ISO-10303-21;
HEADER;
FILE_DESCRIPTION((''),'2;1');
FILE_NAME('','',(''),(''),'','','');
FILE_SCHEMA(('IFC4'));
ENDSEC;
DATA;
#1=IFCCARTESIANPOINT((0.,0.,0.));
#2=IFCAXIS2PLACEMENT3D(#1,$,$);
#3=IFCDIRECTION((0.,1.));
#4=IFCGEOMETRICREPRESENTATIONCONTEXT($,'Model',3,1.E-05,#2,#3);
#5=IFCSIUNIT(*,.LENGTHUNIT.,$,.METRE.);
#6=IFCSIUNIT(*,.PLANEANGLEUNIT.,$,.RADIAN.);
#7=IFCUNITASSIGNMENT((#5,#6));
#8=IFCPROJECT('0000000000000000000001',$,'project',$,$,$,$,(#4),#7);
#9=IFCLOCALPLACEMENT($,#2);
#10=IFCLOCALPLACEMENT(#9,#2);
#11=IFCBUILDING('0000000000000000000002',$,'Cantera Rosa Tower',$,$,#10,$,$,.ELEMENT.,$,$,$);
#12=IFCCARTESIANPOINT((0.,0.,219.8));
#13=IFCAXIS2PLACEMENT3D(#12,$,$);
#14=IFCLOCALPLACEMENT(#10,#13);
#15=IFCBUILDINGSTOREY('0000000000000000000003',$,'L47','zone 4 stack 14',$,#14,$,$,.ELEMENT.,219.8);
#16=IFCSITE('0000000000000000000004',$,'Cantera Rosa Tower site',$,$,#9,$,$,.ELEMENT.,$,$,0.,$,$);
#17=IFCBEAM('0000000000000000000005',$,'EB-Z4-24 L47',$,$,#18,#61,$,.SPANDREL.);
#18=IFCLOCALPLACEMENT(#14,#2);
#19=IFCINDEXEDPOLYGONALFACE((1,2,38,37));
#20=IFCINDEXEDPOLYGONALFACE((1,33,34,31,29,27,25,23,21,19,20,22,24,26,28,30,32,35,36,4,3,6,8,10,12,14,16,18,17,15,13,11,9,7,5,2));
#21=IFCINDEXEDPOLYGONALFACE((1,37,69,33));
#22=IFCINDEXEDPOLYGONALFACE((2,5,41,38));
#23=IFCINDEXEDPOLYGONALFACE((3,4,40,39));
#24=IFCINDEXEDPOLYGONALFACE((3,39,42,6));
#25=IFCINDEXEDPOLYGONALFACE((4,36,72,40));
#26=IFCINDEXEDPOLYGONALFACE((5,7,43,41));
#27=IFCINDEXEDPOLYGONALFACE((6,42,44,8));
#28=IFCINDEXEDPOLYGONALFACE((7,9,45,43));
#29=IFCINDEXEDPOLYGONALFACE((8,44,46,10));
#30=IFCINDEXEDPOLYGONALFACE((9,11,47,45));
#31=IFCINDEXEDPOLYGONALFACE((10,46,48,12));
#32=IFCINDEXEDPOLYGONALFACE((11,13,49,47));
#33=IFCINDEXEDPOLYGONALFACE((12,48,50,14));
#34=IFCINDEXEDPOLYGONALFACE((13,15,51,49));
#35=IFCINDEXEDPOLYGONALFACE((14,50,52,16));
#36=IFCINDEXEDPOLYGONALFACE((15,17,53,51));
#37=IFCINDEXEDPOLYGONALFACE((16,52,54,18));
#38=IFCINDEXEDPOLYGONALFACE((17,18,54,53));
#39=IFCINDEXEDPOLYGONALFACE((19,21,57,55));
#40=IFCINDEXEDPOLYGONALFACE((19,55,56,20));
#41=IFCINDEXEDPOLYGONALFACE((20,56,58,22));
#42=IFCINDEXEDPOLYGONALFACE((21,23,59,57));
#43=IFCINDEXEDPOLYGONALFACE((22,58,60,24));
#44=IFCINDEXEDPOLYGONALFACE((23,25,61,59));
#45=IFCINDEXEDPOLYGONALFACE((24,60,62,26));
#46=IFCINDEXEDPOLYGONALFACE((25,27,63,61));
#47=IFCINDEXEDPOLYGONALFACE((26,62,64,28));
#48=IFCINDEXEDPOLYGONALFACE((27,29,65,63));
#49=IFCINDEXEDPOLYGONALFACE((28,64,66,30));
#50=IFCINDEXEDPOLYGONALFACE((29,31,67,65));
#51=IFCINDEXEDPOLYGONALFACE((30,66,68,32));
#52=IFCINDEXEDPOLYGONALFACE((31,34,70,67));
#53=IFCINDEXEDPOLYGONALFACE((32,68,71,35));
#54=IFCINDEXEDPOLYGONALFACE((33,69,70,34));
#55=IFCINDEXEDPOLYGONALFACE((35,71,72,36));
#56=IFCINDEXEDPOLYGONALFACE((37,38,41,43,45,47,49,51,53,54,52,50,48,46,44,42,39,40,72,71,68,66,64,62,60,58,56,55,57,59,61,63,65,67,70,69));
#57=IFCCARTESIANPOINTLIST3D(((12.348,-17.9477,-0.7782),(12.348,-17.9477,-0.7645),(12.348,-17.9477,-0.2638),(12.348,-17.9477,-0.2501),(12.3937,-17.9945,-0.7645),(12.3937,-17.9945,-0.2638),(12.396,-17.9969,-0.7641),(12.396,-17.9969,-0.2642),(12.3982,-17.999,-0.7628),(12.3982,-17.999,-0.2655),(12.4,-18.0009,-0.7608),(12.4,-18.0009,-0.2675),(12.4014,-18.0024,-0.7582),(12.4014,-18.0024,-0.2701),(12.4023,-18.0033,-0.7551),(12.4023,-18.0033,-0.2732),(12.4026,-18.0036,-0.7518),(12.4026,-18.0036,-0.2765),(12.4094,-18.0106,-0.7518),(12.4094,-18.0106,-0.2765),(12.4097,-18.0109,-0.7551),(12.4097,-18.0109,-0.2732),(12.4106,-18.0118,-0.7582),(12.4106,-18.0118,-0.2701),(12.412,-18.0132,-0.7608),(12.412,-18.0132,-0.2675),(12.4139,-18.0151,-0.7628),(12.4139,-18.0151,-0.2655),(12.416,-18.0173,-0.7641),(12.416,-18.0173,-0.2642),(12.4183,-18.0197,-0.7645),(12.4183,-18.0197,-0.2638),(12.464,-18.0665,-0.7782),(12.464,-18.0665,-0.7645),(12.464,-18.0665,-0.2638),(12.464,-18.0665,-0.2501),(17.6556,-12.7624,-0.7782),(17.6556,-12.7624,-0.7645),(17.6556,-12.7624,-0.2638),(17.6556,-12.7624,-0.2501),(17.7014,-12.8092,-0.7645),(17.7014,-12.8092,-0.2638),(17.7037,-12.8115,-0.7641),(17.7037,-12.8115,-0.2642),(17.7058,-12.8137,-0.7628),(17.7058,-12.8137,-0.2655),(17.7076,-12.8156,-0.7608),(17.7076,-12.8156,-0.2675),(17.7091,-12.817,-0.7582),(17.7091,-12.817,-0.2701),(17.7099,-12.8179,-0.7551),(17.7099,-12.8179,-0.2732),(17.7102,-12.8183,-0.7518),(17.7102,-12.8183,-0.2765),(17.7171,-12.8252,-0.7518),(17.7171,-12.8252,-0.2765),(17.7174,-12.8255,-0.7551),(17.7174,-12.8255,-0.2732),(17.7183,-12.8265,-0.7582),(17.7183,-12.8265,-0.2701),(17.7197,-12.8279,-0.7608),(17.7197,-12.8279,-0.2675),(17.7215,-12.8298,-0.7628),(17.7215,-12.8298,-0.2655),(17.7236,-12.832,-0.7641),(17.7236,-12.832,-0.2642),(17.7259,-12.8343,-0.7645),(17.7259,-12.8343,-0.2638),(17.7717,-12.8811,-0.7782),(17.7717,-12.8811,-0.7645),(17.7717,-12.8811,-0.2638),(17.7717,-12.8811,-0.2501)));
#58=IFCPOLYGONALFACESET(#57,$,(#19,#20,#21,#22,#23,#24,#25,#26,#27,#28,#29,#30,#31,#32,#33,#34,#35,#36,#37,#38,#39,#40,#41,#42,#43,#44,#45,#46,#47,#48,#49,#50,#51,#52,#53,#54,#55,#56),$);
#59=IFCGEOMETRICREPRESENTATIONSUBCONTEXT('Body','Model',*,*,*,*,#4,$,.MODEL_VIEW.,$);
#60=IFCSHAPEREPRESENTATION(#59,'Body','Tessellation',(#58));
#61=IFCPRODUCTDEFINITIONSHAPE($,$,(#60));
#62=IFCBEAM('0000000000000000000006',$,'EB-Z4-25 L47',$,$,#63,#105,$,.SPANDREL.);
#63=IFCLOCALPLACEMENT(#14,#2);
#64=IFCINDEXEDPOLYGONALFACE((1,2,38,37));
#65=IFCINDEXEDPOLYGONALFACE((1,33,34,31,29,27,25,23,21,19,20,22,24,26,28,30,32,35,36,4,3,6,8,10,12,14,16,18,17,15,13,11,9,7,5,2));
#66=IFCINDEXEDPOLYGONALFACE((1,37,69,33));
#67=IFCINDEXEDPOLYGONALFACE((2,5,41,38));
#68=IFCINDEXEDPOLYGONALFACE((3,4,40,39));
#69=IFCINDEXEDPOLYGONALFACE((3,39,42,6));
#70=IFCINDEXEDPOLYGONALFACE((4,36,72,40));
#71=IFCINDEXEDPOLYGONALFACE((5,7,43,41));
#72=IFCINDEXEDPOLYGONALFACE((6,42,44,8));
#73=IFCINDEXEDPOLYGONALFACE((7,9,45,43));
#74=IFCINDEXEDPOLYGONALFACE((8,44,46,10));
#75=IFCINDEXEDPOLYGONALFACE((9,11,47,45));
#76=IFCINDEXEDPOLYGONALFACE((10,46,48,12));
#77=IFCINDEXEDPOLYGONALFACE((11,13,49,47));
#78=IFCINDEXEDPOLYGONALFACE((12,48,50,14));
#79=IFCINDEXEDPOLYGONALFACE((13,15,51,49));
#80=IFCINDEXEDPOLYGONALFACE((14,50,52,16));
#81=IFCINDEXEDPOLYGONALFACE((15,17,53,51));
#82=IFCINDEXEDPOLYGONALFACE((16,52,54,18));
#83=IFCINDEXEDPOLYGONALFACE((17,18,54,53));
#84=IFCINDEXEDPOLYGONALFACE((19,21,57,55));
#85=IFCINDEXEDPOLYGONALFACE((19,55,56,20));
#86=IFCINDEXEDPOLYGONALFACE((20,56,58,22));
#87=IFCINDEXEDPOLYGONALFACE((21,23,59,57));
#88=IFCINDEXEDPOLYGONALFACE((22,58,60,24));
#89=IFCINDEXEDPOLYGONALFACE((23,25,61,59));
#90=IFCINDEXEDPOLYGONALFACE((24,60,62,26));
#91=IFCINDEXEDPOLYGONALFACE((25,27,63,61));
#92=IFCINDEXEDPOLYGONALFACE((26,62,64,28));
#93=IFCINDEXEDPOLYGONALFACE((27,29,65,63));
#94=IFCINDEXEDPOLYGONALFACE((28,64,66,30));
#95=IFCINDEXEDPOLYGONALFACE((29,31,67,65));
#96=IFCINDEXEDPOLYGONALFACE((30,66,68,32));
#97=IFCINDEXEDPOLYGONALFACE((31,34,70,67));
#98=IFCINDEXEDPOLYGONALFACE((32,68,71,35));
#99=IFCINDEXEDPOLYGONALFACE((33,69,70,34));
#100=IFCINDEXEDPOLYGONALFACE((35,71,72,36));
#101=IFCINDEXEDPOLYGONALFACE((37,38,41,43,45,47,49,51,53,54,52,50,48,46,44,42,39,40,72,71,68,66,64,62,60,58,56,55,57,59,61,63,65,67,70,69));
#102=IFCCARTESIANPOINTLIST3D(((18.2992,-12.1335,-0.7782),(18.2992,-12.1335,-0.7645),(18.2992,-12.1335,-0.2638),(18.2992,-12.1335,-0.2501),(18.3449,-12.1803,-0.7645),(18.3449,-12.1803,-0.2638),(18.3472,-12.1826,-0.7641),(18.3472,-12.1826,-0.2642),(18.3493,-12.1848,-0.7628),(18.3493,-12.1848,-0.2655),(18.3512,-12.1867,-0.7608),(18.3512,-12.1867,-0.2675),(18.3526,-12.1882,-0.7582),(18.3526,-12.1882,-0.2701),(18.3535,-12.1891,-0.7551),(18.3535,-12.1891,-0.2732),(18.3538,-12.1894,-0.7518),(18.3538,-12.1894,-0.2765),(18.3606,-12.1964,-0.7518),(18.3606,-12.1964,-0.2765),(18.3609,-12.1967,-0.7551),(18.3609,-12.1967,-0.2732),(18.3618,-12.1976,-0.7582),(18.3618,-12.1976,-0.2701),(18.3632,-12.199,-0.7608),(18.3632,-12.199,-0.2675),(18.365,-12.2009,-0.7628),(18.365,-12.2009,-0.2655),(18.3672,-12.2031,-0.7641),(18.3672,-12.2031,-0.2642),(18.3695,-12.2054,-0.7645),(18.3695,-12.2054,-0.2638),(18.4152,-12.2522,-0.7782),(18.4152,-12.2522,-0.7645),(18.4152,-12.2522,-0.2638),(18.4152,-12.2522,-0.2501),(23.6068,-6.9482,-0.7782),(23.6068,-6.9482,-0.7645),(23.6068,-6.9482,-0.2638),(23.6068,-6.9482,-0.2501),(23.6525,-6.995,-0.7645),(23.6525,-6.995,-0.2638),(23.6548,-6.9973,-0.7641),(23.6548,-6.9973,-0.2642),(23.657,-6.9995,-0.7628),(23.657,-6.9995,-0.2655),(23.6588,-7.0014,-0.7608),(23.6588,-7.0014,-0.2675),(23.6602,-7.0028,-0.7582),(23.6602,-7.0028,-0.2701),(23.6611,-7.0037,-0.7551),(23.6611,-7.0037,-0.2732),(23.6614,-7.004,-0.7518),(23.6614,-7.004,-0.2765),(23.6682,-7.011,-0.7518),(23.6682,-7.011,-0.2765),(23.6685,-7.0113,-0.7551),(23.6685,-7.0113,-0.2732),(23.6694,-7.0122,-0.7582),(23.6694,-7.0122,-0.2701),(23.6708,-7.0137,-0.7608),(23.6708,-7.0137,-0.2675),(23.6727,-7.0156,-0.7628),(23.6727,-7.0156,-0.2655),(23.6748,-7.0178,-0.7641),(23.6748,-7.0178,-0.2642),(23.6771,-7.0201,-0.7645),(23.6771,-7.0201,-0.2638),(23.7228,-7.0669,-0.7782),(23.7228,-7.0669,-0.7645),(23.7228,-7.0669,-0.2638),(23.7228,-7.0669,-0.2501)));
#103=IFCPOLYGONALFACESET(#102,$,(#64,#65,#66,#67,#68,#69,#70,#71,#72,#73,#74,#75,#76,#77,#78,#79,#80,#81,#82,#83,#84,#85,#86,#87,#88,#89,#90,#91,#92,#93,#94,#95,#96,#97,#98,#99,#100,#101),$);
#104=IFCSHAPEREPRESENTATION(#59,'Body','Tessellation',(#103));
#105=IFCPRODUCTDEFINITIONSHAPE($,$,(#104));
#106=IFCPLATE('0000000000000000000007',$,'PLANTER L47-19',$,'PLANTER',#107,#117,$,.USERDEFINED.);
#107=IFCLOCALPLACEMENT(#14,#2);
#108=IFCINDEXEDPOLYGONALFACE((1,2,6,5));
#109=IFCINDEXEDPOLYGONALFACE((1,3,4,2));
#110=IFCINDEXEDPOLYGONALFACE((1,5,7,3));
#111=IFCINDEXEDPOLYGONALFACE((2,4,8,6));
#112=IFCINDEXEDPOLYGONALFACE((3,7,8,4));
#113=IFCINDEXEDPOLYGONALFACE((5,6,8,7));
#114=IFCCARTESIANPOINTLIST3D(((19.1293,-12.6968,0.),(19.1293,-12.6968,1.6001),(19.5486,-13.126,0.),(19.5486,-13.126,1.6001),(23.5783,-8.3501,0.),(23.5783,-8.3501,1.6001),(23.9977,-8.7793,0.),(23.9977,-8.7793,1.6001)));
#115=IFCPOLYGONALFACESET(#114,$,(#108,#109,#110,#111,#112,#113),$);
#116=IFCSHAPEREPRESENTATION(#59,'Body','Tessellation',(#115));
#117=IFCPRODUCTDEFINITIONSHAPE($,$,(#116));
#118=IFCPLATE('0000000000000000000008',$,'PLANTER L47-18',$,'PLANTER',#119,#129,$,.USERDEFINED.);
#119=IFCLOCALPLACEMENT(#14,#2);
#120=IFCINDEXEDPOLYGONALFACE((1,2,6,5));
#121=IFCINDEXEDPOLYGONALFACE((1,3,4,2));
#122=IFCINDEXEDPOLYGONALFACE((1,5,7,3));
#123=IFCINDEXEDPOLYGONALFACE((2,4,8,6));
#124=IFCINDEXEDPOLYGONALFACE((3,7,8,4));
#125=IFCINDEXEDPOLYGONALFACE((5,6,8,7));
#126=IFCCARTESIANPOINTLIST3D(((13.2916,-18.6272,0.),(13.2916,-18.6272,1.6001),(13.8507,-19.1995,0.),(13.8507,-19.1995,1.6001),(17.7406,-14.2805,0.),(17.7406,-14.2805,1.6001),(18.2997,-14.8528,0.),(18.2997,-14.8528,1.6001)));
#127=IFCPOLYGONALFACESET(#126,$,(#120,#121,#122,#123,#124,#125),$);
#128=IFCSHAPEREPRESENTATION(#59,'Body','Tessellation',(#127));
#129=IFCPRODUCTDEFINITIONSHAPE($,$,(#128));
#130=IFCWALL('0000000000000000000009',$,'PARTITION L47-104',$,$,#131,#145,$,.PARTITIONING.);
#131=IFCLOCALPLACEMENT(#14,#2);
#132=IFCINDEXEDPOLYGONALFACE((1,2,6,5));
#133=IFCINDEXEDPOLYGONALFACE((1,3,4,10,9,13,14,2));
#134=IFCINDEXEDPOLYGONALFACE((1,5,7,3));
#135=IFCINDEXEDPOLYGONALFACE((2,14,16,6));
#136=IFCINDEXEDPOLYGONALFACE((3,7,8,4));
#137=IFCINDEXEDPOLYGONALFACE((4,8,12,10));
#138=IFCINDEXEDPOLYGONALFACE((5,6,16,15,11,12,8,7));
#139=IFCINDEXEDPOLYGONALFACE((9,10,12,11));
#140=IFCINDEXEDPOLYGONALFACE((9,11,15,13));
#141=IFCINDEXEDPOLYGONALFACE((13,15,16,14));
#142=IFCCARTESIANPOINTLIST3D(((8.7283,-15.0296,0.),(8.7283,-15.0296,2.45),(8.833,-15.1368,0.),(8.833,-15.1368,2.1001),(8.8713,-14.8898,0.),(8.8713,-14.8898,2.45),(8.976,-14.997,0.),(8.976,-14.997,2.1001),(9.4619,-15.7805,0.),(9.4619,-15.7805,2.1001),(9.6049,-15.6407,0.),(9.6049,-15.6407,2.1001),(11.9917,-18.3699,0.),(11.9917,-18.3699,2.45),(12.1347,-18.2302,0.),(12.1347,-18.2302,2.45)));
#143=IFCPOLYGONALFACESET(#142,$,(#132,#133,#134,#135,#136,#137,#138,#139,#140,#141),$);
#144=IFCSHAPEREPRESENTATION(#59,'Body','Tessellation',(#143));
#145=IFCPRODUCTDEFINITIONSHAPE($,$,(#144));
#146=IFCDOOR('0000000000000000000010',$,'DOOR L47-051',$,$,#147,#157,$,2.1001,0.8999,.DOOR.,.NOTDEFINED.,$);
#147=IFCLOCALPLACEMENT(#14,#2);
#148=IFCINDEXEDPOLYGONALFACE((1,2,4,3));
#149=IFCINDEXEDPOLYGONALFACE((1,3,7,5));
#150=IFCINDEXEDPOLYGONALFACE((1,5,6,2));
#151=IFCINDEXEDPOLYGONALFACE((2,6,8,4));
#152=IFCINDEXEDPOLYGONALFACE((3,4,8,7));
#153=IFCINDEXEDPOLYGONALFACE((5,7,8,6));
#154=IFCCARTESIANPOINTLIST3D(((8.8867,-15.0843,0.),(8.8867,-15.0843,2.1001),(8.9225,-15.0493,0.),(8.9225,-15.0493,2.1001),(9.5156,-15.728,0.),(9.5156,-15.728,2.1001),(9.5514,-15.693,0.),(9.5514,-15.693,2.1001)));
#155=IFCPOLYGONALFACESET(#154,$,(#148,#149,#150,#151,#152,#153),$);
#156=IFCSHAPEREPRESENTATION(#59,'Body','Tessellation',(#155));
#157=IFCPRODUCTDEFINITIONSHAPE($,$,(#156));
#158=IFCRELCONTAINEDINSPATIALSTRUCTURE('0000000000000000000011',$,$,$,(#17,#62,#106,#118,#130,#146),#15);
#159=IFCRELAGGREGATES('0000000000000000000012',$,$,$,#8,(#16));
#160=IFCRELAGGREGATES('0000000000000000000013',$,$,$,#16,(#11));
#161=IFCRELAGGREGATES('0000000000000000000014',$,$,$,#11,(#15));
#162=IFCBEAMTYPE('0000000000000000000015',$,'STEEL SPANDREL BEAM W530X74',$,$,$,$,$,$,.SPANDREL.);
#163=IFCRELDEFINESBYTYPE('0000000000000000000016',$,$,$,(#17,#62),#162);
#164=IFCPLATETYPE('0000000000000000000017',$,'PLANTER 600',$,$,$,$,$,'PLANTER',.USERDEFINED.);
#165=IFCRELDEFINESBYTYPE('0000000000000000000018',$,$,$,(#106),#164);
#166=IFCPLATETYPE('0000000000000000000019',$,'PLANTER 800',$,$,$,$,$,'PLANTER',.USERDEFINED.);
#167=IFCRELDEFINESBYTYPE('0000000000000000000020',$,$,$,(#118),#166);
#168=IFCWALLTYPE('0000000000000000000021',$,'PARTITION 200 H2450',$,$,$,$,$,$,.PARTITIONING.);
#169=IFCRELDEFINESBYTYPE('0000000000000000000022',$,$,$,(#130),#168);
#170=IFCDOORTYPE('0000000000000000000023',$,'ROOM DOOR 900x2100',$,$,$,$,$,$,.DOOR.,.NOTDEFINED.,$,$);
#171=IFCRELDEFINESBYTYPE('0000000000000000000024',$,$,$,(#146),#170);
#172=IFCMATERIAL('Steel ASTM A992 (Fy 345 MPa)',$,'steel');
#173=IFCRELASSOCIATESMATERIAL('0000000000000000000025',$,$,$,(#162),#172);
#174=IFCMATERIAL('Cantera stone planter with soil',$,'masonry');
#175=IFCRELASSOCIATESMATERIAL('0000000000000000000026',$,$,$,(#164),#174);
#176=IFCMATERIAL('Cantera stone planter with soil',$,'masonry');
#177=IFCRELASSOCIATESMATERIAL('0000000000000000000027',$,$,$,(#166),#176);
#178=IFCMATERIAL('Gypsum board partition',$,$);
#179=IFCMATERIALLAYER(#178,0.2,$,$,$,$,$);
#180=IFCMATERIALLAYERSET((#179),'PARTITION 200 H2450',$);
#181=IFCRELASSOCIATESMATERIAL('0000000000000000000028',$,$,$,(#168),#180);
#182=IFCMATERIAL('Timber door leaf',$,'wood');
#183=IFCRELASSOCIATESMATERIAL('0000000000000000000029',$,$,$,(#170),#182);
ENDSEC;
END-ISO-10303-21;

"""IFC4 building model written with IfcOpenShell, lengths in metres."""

from ifc_helpers import new_model, si_unit, direction, frame, frame_2d, origin, origin_2d, place, context, subcontext, project, spatial, rectangle, i_section, extrude, material, layer, layer_set, material_profile, profile_set, type_object, element, fill, save


model = new_model("IFC4")

# Units and contexts
model_context = context("Model", 3, precision=1e-05, world=origin(), true_north=direction((0.0, 1.0)))
body_context = subcontext(model_context, "Body", "Model", "MODEL_VIEW")
ifc_project = project(units=[si_unit("LENGTHUNIT", "METRE"), si_unit("PLANEANGLEUNIT", "RADIAN")], contexts=[model_context])

# Site, building, storey
site_placement = place(None, origin())
site = spatial("IfcSite", under=ifc_project, at=site_placement, Name="Cantera Rosa Tower site", CompositionType="ELEMENT", RefElevation=0.0)
building_placement = place(site_placement, origin())
building = spatial("IfcBuilding", under=site, at=building_placement, Name="Cantera Rosa Tower", CompositionType="ELEMENT")
storey_placement = place(building_placement, frame((0.0, 0.0, 219.8)))
storey = spatial("IfcBuildingStorey", under=building, at=storey_placement, Name="L47", Description="zone 4 stack 14", CompositionType="ELEMENT", Elevation=219.8)

# Beams
ifc_material_1 = material(Name="Steel ASTM A992 (Fy 345 MPa)", Category="steel")
ifc_material_profile_1 = material_profile(ifc_material_1, i_section(OverallWidth=0.166, OverallDepth=0.5281, WebThickness=0.0098, FlangeThickness=0.0137, FilletRadius=0.0127, at=origin_2d()), Name="W530X74")
ifc_profile_set_1 = profile_set([ifc_material_profile_1], Name="Steel ASTM A992 (Fy 345 MPa)")
beam_type_1 = type_object("IfcBeamType", Name="STEEL SPANDREL BEAM W530X74", PredefinedType="SPANDREL", material=ifc_profile_set_1)
for number, where, z_axis, x_axis, name in (
    (1, (12.406, -18.0071, -0.5142), (0.715301, 0.698817, 0.0), (-0.698817, 0.715301, 0.0), "EB-Z4-24 L47"),
    (2, (18.3572, -12.1929, -0.5142), (0.715301, 0.698817, 0.0), (-0.698817, 0.715301, 0.0), "EB-Z4-25 L47"),
):
    element("IfcBeam", number, at=place(storey_placement, frame(where, z_axis=z_axis, x_axis=x_axis)), inside=storey, type_object=beam_type_1, Name=name, PredefinedType="SPANDREL", context=body_context, shape_type="SweptSolid", body=[
        extrude(i_section(OverallWidth=0.166, OverallDepth=0.5281, WebThickness=0.0098, FlangeThickness=0.0137, FilletRadius=0.0127, at=origin_2d()), origin(), (0.0, 0.0, 1.0), 7.4202),
    ])

# Plates
ifc_material_2 = material(Name="Cantera stone planter with soil", Category="masonry")
plate_type_1 = type_object("IfcPlateType", Name="PLANTER 600", ElementType="PLANTER", PredefinedType="USERDEFINED", material=ifc_material_2)
plate_1_placement = place(storey_placement, frame((21.5635, -10.738, 0.0), z_axis=(0.0, 0.0, 1.0), x_axis=(0.715286, 0.698832, 0.0)))
element("IfcPlate", 3, at=plate_1_placement, inside=storey, type_object=plate_type_1, Name="PLANTER L47-19", ObjectType="PLANTER", PredefinedType="USERDEFINED", context=body_context, shape_type="SweptSolid", body=[
    extrude(rectangle(XDim=6.22, YDim=0.6001, at=origin_2d()), origin(), (0.0, 0.0, 1.0), 1.6001),
])
ifc_material_3 = material(Name="Cantera stone planter with soil", Category="masonry")
plate_type_2 = type_object("IfcPlateType", Name="PLANTER 800", ElementType="PLANTER", PredefinedType="USERDEFINED", material=ifc_material_3)
plate_2_placement = place(storey_placement, frame((15.7957, -16.74, 0.0), z_axis=(0.0, 0.0, 1.0), x_axis=(0.715286, 0.698832, 0.0)))
element("IfcPlate", 4, at=plate_2_placement, inside=storey, type_object=plate_type_2, Name="PLANTER L47-18", ObjectType="PLANTER", PredefinedType="USERDEFINED", context=body_context, shape_type="SweptSolid", body=[
    extrude(rectangle(XDim=6.22, YDim=0.8, at=origin_2d()), origin(), (0.0, 0.0, 1.0), 1.6001),
])

# Wall, opening, door
ifc_material_4 = material(Name="Gypsum board partition")
ifc_layer_1 = layer(ifc_material_4, 0.2)
ifc_layer_set_1 = layer_set([ifc_layer_1], Name="PARTITION 200 H2450")
wall_type_1 = type_object("IfcWallType", Name="PARTITION 200 H2450", PredefinedType="PARTITIONING", material=ifc_layer_set_1)
wall_1_placement = place(storey_placement, frame((12.0632, -18.3, 0.0), z_axis=(0.0, 0.0, 1.0), x_axis=(-0.698825, 0.715293, 0.0)))
wall_1 = element("IfcWall", 5, at=wall_1_placement, inside=storey, type_object=wall_type_1, Name="PARTITION L47-104", PredefinedType="PARTITIONING", context=body_context, shape_type="SweptSolid", body=[
    extrude(rectangle(XDim=4.6699, YDim=0.2, at=frame_2d((2.335, 0.0))), origin(), (0.0, 0.0, 1.0), 2.45),
])
opening_1_placement = place(wall_1_placement, frame((3.6201, 0.0, 0.0)))
opening_1 = element("IfcOpeningElement", 6, at=opening_1_placement, cuts=wall_1, PredefinedType="OPENING", context=body_context, shape_type="SweptSolid", body=[
    extrude(rectangle(XDim=0.8999, YDim=2.1001, at=frame_2d((0.45, 1.05))), frame((0.0, 0.1099, 0.0), z_axis=(0.0, -1.0, 0.0), x_axis=(1.0, 0.0, 0.0)), (0.0, 0.0, 1.0), 0.22),
])
ifc_material_5 = material(Name="Timber door leaf", Category="wood")
door_type_1 = type_object("IfcDoorType", Name="ROOM DOOR 900x2100", OperationType="NOTDEFINED", PredefinedType="DOOR", material=ifc_material_5)
door_1_placement = place(opening_1_placement, origin())
door_1 = element("IfcDoor", 7, at=door_1_placement, inside=storey, type_object=door_type_1, Name="DOOR L47-051", OperationType="NOTDEFINED", OverallHeight=2.1001, OverallWidth=0.8999, PredefinedType="DOOR", context=body_context, shape_type="SweptSolid", body=[
    extrude(rectangle(XDim=0.8999, YDim=2.1001, at=frame_2d((0.45, 1.05))), frame((0.0, 0.0249, 0.0), z_axis=(0.0, -1.0, 0.0), x_axis=(1.0, 0.0, 0.0)), (0.0, 0.0, 1.0), 0.05),
])
fill(opening_1, door_1)

save(model, "model.ifc")
